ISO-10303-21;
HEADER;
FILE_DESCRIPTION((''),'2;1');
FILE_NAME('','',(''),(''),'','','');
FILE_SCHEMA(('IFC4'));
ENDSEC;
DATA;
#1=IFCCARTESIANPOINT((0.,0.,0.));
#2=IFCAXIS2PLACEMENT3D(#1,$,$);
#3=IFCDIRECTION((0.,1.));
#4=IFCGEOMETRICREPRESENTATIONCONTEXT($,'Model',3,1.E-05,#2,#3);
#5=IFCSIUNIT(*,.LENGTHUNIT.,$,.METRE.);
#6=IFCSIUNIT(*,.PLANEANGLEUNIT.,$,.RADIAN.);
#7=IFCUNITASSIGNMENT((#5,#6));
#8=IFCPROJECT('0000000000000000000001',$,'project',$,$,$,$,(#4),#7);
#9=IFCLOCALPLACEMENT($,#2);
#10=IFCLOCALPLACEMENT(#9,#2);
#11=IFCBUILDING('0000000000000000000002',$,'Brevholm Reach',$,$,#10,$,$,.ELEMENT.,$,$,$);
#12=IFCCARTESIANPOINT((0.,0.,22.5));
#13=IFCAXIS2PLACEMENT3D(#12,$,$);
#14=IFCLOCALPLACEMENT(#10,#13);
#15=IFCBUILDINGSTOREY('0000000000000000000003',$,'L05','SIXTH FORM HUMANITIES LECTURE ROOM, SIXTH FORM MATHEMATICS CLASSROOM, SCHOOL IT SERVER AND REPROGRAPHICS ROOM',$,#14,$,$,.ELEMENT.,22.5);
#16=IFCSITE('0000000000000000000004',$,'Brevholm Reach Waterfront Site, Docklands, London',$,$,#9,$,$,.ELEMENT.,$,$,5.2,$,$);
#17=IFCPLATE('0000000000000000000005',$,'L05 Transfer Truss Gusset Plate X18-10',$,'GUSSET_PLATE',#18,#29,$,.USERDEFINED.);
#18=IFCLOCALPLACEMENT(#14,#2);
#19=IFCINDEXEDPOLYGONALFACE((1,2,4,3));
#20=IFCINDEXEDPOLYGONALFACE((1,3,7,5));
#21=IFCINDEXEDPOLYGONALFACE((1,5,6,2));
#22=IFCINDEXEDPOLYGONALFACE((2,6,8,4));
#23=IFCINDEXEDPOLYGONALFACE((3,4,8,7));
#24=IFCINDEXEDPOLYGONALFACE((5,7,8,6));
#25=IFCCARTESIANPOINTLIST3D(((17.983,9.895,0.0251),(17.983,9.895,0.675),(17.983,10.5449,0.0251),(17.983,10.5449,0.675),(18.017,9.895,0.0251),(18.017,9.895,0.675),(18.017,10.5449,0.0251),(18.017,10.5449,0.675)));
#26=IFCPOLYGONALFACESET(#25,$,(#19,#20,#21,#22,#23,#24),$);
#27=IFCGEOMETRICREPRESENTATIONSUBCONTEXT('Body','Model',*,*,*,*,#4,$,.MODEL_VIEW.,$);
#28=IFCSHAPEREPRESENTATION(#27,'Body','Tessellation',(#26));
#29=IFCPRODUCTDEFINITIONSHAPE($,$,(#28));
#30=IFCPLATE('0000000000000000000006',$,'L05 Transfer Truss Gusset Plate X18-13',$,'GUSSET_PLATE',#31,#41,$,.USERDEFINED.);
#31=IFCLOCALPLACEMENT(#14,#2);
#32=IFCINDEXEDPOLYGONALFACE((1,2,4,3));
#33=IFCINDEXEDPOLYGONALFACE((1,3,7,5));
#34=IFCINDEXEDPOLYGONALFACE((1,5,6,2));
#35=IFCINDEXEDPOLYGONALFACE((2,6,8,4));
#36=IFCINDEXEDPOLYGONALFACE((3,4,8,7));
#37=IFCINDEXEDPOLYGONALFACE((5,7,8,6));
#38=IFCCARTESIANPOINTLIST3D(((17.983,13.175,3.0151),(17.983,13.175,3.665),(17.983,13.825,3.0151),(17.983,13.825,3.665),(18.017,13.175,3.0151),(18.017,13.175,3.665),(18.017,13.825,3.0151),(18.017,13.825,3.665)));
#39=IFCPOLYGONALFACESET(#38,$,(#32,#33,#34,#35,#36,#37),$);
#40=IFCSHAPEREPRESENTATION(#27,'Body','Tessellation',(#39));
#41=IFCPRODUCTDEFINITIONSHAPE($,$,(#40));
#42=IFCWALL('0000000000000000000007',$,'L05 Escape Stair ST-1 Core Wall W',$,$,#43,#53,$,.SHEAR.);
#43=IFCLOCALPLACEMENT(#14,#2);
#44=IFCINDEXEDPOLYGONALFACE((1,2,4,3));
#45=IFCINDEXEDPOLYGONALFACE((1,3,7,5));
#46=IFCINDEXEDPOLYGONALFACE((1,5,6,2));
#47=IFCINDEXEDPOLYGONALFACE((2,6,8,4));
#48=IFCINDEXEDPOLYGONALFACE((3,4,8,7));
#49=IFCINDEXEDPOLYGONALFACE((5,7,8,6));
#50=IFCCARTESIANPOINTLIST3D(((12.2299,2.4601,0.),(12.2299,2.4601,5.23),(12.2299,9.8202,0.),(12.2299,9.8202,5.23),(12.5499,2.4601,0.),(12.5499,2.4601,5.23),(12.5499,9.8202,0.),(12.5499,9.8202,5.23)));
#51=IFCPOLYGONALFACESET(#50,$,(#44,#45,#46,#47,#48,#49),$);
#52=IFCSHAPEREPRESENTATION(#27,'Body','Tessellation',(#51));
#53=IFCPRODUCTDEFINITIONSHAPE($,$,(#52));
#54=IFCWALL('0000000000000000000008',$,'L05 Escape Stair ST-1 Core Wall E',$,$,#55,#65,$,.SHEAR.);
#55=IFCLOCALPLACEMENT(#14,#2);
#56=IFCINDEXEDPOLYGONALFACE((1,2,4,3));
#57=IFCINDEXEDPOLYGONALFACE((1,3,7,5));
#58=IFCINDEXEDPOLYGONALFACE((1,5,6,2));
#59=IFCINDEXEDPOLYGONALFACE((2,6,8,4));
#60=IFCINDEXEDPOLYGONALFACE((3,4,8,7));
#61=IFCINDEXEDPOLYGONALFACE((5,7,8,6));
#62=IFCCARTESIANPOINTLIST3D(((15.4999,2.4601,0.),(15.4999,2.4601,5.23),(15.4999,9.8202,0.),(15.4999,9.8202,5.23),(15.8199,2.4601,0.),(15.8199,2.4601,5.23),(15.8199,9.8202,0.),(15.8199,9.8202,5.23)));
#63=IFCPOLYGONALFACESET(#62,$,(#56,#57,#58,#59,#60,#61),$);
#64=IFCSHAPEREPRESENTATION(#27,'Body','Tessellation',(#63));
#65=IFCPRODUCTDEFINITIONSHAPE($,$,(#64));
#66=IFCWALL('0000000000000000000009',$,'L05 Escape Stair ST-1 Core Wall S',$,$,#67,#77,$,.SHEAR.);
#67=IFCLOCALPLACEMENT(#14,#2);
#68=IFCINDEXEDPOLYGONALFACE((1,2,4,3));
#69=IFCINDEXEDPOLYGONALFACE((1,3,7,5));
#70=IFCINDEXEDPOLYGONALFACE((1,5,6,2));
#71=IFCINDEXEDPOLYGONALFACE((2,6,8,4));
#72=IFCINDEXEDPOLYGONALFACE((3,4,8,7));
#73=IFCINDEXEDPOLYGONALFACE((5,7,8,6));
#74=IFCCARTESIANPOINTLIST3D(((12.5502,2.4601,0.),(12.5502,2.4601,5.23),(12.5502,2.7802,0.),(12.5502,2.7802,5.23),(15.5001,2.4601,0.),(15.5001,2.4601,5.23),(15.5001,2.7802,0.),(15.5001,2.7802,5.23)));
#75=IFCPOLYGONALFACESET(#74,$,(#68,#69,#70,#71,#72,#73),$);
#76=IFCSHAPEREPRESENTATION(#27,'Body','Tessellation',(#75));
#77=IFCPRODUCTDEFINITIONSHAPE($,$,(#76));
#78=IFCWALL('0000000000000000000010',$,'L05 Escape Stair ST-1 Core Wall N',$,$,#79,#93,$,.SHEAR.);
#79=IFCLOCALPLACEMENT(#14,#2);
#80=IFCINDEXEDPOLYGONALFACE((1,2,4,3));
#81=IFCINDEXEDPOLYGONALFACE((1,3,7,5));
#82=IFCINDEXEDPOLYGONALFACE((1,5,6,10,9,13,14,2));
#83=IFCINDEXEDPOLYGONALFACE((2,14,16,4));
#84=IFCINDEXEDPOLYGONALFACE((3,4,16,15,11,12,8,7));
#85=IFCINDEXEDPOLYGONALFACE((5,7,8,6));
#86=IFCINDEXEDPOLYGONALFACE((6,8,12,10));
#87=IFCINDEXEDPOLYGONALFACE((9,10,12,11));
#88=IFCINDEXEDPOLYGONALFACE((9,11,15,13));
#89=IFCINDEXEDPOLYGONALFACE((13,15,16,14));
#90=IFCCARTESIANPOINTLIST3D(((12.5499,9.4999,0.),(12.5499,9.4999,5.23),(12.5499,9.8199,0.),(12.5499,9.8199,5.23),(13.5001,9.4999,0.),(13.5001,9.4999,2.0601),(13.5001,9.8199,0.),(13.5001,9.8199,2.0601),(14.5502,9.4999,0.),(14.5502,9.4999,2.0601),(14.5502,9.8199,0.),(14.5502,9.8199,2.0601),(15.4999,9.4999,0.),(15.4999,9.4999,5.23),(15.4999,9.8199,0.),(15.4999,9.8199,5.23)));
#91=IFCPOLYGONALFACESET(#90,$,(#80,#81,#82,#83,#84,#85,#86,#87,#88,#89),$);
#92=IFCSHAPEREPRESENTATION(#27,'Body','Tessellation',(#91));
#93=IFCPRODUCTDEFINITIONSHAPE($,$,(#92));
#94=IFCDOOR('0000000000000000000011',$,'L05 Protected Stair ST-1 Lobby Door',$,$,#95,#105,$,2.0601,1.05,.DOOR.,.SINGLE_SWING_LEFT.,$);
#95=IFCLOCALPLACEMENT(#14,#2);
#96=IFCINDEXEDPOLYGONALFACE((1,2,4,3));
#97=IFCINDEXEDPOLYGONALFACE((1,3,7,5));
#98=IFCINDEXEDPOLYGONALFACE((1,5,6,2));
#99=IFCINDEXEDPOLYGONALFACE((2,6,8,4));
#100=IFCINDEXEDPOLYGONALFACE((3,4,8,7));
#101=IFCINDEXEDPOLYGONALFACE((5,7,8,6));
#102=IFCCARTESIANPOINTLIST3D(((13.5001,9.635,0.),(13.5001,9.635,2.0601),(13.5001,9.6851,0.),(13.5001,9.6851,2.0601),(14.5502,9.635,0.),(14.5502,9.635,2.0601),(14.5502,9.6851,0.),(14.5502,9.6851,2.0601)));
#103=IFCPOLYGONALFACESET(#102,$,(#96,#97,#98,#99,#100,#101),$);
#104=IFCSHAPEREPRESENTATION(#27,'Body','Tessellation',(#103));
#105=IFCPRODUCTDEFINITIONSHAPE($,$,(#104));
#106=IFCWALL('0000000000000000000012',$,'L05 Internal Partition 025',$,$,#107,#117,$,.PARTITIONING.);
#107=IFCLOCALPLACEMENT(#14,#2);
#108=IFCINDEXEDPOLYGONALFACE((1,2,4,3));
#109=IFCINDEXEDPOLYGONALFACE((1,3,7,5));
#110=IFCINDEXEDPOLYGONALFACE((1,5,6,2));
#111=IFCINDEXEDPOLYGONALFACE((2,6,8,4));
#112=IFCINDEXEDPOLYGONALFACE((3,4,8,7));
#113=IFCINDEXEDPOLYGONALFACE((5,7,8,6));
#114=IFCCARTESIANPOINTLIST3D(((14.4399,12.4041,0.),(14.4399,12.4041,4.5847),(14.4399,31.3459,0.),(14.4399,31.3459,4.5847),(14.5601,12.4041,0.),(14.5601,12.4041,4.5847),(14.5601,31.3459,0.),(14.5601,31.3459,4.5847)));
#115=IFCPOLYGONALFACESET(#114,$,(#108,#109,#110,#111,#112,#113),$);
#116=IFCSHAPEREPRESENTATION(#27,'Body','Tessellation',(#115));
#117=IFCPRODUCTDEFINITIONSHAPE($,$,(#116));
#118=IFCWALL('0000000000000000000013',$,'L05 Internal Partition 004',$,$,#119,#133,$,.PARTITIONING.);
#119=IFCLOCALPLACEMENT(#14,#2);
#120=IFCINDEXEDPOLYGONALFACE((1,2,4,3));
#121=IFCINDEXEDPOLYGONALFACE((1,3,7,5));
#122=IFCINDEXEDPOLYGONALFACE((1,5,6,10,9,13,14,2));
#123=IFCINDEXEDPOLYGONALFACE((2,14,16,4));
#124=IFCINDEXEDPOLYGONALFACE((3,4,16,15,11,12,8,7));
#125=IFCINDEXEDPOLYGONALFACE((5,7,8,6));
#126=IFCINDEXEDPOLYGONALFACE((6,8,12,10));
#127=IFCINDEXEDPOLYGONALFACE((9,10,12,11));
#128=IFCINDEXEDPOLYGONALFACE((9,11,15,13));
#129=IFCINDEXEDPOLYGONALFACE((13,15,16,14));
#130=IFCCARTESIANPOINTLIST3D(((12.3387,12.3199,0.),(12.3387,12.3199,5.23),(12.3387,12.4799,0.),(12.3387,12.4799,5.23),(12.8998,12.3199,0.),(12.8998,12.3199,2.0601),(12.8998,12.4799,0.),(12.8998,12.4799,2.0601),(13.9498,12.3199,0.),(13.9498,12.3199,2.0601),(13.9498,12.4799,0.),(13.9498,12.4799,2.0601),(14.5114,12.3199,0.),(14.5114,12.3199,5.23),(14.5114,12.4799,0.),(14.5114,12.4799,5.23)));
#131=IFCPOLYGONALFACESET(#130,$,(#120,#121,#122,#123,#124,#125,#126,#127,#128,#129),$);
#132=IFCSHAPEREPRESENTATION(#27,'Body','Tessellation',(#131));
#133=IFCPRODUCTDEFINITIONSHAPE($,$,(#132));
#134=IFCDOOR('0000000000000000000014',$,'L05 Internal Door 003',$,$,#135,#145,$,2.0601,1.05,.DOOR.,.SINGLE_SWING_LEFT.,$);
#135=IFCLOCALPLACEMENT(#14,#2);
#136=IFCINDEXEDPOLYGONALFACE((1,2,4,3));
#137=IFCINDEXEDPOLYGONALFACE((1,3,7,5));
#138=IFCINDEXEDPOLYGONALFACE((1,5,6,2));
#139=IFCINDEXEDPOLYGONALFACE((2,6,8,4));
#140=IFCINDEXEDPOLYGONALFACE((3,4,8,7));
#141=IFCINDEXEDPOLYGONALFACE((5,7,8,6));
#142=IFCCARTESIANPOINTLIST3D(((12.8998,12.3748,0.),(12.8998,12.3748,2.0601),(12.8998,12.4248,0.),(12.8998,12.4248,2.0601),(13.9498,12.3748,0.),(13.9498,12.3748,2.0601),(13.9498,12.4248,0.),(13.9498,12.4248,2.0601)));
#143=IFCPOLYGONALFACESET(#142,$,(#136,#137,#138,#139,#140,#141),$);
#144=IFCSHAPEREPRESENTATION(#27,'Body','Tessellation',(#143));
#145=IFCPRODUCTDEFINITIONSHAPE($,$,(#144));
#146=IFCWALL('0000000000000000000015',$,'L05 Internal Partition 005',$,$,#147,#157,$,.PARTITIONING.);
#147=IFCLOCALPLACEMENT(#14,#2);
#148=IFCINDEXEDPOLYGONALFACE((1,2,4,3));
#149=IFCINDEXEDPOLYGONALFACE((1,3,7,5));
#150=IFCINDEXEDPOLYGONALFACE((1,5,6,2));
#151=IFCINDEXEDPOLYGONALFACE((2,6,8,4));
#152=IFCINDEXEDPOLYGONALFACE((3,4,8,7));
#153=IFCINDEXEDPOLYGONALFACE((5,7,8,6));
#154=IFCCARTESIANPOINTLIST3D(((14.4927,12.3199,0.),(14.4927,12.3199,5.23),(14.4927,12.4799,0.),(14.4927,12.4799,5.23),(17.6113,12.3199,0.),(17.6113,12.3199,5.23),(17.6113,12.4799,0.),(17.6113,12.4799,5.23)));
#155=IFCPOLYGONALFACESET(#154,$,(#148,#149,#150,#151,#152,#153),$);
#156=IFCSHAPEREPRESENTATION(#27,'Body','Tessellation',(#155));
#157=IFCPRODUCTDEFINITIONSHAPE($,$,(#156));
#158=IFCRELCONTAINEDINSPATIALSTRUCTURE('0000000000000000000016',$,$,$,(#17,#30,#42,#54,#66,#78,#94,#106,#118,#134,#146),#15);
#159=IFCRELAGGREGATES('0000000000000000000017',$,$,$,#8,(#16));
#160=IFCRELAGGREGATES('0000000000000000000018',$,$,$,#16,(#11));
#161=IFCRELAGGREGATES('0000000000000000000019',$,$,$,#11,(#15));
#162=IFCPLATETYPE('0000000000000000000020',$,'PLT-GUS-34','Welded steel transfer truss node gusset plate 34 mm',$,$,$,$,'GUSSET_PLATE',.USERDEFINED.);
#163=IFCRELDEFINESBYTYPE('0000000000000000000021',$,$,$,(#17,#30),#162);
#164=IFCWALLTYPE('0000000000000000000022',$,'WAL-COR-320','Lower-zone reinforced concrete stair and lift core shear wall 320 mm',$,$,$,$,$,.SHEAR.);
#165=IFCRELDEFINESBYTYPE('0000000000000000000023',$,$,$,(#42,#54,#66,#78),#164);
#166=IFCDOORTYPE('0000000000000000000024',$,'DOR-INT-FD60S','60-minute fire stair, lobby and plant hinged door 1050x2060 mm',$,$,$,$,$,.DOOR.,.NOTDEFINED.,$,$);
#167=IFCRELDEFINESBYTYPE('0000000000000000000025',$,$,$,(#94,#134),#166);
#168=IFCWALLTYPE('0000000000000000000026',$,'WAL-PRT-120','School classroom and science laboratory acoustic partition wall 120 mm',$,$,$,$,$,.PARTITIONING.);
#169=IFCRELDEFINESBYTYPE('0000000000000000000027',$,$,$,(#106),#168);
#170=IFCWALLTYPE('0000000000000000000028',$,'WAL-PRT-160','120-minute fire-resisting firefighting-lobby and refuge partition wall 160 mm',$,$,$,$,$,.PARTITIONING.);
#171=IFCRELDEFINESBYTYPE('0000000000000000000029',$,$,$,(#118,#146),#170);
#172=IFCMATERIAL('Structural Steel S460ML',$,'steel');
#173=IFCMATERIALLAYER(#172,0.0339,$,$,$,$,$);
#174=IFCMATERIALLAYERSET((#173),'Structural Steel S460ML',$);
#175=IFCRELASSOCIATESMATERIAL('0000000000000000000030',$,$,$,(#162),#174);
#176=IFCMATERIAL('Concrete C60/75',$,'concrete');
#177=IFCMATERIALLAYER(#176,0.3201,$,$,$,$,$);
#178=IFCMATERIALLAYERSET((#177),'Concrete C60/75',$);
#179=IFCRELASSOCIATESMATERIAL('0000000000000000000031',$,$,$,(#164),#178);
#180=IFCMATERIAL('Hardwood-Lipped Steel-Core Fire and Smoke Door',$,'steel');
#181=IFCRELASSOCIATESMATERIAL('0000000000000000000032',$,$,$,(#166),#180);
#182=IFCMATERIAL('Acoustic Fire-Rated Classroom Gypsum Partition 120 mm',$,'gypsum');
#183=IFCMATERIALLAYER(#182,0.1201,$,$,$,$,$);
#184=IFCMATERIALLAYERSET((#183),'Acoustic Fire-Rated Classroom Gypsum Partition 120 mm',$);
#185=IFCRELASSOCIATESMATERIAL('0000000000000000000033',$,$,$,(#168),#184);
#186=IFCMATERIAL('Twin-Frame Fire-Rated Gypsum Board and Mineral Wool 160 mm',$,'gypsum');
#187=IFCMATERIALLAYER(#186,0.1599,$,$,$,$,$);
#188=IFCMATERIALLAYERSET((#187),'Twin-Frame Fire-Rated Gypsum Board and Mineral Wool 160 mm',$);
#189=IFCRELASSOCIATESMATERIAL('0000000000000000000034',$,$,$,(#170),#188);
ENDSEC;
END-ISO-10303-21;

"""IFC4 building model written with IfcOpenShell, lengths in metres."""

from ifc_helpers import new_model, si_unit, direction, frame, frame_2d, origin, origin_2d, place, context, subcontext, project, spatial, rectangle, extrude, material, layer, layer_set, type_object, element, fill, save


model = new_model("IFC4")

# Units and contexts
model_context = context("Model", 3, precision=1e-05, world=origin(), true_north=direction((0.0, 1.0)))
body_context = subcontext(model_context, "Body", "Model", "MODEL_VIEW")
ifc_project = project(units=[si_unit("LENGTHUNIT", "METRE"), si_unit("PLANEANGLEUNIT", "RADIAN")], contexts=[model_context])

# Site, building, storey
site_placement = place(None, origin())
site = spatial("IfcSite", under=ifc_project, at=site_placement, Name="Brevholm Reach Waterfront Site, Docklands, London", CompositionType="ELEMENT", RefElevation=5.2)
building_placement = place(site_placement, origin())
building = spatial("IfcBuilding", under=site, at=building_placement, Name="Brevholm Reach", CompositionType="ELEMENT")
storey_placement = place(building_placement, frame((0.0, 0.0, 22.5)))
storey = spatial("IfcBuildingStorey", under=building, at=storey_placement, Name="L05", Description="SIXTH FORM HUMANITIES LECTURE ROOM, SIXTH FORM MATHEMATICS CLASSROOM, SCHOOL IT SERVER AND REPROGRAPHICS ROOM", CompositionType="ELEMENT", Elevation=22.5)

# Plates
ifc_material_1 = material(Name="Structural Steel S460ML", Category="steel")
ifc_layer_1 = layer(ifc_material_1, 0.0339)
ifc_layer_set_1 = layer_set([ifc_layer_1], Name="Structural Steel S460ML")
plate_type = type_object("IfcPlateType", Name="PLT-GUS-34", Description="Welded steel transfer truss node gusset plate 34 mm", ElementType="GUSSET_PLATE", PredefinedType="USERDEFINED", material=ifc_layer_set_1)
for number, where, z_axis, x_axis, name in (
    (1, (18.0, 10.22, 0.0251), (0.0, 0.0, 1.0), (1.0, 0.0, 0.0), "L05 Transfer Truss Gusset Plate X18-10"),
    (2, (18.0, 13.5, 3.0151), (0.0, 0.0, 1.0), (1.0, 0.0, 0.0), "L05 Transfer Truss Gusset Plate X18-13"),
):
    element("IfcPlate", number, at=place(storey_placement, frame(where, z_axis=z_axis, x_axis=x_axis)), inside=storey, type_object=plate_type, Name=name, ObjectType="GUSSET_PLATE", PredefinedType="USERDEFINED", context=body_context, shape_type="SweptSolid", body=[
        extrude(rectangle(XDim=0.0339, YDim=0.6499, at=origin_2d()), origin(), (0.0, 0.0, 1.0), 0.6499),
    ])

# Walls
ifc_material_2 = material(Name="Concrete C60/75", Category="concrete")
ifc_layer_2 = layer(ifc_material_2, 0.3201)
ifc_layer_set_2 = layer_set([ifc_layer_2], Name="Concrete C60/75")
wall_type_1 = type_object("IfcWallType", Name="WAL-COR-320", Description="Lower-zone reinforced concrete stair and lift core shear wall 320 mm", PredefinedType="SHEAR", material=ifc_layer_set_2)
for number, where, z_axis, x_axis, name in (
    (3, (12.3899, 2.46, 0.0), (0.0, 0.0, 1.0), (0.0, 1.0, 0.0), "L05 Escape Stair ST-1 Core Wall W"),
    (4, (15.6599, 2.46, 0.0), (0.0, 0.0, 1.0), (0.0, 1.0, 0.0), "L05 Escape Stair ST-1 Core Wall E"),
):
    element("IfcWall", number, at=place(storey_placement, frame(where, z_axis=z_axis, x_axis=x_axis)), inside=storey, type_object=wall_type_1, Name=name, PredefinedType="SHEAR", context=body_context, shape_type="SweptSolid", body=[
        extrude(rectangle(XDim=7.3601, YDim=0.3201, at=frame_2d((3.6802, 0.0))), origin(), (0.0, 0.0, 1.0), 5.23),
    ])
wall_1_placement = place(storey_placement, frame((12.55, 2.6201, 0.0), z_axis=(0.0, 0.0, 1.0), x_axis=(1.0, 0.0, 0.0)))
element("IfcWall", 5, at=wall_1_placement, inside=storey, type_object=wall_type_1, Name="L05 Escape Stair ST-1 Core Wall S", PredefinedType="SHEAR", context=body_context, shape_type="SweptSolid", body=[
    extrude(rectangle(XDim=2.95, YDim=0.3201, at=frame_2d((1.4751, 0.0))), origin(), (0.0, 0.0, 1.0), 5.23),
])

# Wall, opening, door
wall_2_placement = place(storey_placement, frame((15.5, 9.6599, 0.0), z_axis=(0.0, 0.0, 1.0), x_axis=(-1.0, 0.0, 0.0)))
wall_2 = element("IfcWall", 6, at=wall_2_placement, inside=storey, type_object=wall_type_1, Name="L05 Escape Stair ST-1 Core Wall N", PredefinedType="SHEAR", context=body_context, shape_type="SweptSolid", body=[
    extrude(rectangle(XDim=2.95, YDim=0.3201, at=frame_2d((1.4751, 0.0))), origin(), (0.0, 0.0, 1.0), 5.23),
])
opening_1_placement = place(wall_2_placement, frame((0.95, 0.0, 0.0)))
opening_1 = element("IfcOpeningElement", 7, at=opening_1_placement, cuts=wall_2, PredefinedType="OPENING", context=body_context, shape_type="SweptSolid", body=[
    extrude(rectangle(XDim=1.05, YDim=2.0601, at=frame_2d((0.5249, 1.03))), frame((0.0, 0.1699, 0.0), z_axis=(0.0, -1.0, 0.0), x_axis=(1.0, 0.0, 0.0)), (0.0, 0.0, 1.0), 0.3401),
])
ifc_material_3 = material(Name="Hardwood-Lipped Steel-Core Fire and Smoke Door", Category="steel")
door_type = type_object("IfcDoorType", Name="DOR-INT-FD60S", Description="60-minute fire stair, lobby and plant hinged door 1050x2060 mm", OperationType="NOTDEFINED", PredefinedType="DOOR", material=ifc_material_3)
door_1_placement = place(opening_1_placement, origin())
door_1 = element("IfcDoor", 8, at=door_1_placement, inside=storey, type_object=door_type, Name="L05 Protected Stair ST-1 Lobby Door", OperationType="SINGLE_SWING_LEFT", OverallHeight=2.0601, OverallWidth=1.05, PredefinedType="DOOR", context=body_context, shape_type="SweptSolid", body=[
    extrude(rectangle(XDim=1.05, YDim=2.0601, at=frame_2d((0.5249, 1.03))), frame((0.0, 0.0249, 0.0), z_axis=(0.0, -1.0, 0.0), x_axis=(1.0, 0.0, 0.0)), (0.0, 0.0, 1.0), 0.05),
])
fill(opening_1, door_1)

# Wall
ifc_material_4 = material(Name="Acoustic Fire-Rated Classroom Gypsum Partition 120 mm", Category="gypsum")
ifc_layer_3 = layer(ifc_material_4, 0.1201)
ifc_layer_set_3 = layer_set([ifc_layer_3], Name="Acoustic Fire-Rated Classroom Gypsum Partition 120 mm")
wall_type_2 = type_object("IfcWallType", Name="WAL-PRT-120", Description="School classroom and science laboratory acoustic partition wall 120 mm", PredefinedType="PARTITIONING", material=ifc_layer_set_3)
wall_3_placement = place(storey_placement, frame((14.5, 12.4041, 0.0), z_axis=(0.0, 0.0, 1.0), x_axis=(0.0, 1.0, 0.0)))
element("IfcWall", 9, at=wall_3_placement, inside=storey, type_object=wall_type_2, Name="L05 Internal Partition 025", PredefinedType="PARTITIONING", context=body_context, shape_type="SweptSolid", body=[
    extrude(rectangle(XDim=18.9419, YDim=0.1201, at=frame_2d((9.4709, 0.0))), origin(), (0.0, 0.0, 1.0), 4.5847),
])

# Wall, opening, door
ifc_material_5 = material(Name="Twin-Frame Fire-Rated Gypsum Board and Mineral Wool 160 mm", Category="gypsum")
ifc_layer_4 = layer(ifc_material_5, 0.1599)
ifc_layer_set_4 = layer_set([ifc_layer_4], Name="Twin-Frame Fire-Rated Gypsum Board and Mineral Wool 160 mm")
wall_type_3 = type_object("IfcWallType", Name="WAL-PRT-160", Description="120-minute fire-resisting firefighting-lobby and refuge partition wall 160 mm", PredefinedType="PARTITIONING", material=ifc_layer_set_4)
wall_4_placement = place(storey_placement, frame((12.3386, 12.3999, 0.0), z_axis=(0.0, 0.0, 1.0), x_axis=(1.0, 0.0, 0.0)))
wall_4 = element("IfcWall", 10, at=wall_4_placement, inside=storey, type_object=wall_type_3, Name="L05 Internal Partition 004", PredefinedType="PARTITIONING", context=body_context, shape_type="SweptSolid", body=[
    extrude(rectangle(XDim=2.1726, YDim=0.1599, at=frame_2d((1.0864, 0.0))), origin(), (0.0, 0.0, 1.0), 5.23),
])
opening_2_placement = place(wall_4_placement, frame((0.5613, 0.0, 0.0)))
opening_2 = element("IfcOpeningElement", 11, at=opening_2_placement, cuts=wall_4, PredefinedType="OPENING", context=body_context, shape_type="SweptSolid", body=[
    extrude(rectangle(XDim=1.05, YDim=2.0601, at=frame_2d((0.5249, 1.03))), frame((0.0, 0.0898, 0.0), z_axis=(0.0, -1.0, 0.0), x_axis=(1.0, 0.0, 0.0)), (0.0, 0.0, 1.0), 0.1799),
])
door_2_placement = place(opening_2_placement, origin())
door_2 = element("IfcDoor", 12, at=door_2_placement, inside=storey, type_object=door_type, Name="L05 Internal Door 003", OperationType="SINGLE_SWING_LEFT", OverallHeight=2.0601, OverallWidth=1.05, PredefinedType="DOOR", context=body_context, shape_type="SweptSolid", body=[
    extrude(rectangle(XDim=1.05, YDim=2.0601, at=frame_2d((0.5249, 1.03))), frame((0.0, 0.0249, 0.0), z_axis=(0.0, -1.0, 0.0), x_axis=(1.0, 0.0, 0.0)), (0.0, 0.0, 1.0), 0.05),
])
fill(opening_2, door_2)

# Wall
wall_5_placement = place(storey_placement, frame((14.4927, 12.3999, 0.0), z_axis=(0.0, 0.0, 1.0), x_axis=(1.0, 0.0, 0.0)))
element("IfcWall", 13, at=wall_5_placement, inside=storey, type_object=wall_type_3, Name="L05 Internal Partition 005", PredefinedType="PARTITIONING", context=body_context, shape_type="SweptSolid", body=[
    extrude(rectangle(XDim=3.1187, YDim=0.1599, at=frame_2d((1.5593, 0.0))), origin(), (0.0, 0.0, 1.0), 5.23),
])

save(model, "model.ifc")
